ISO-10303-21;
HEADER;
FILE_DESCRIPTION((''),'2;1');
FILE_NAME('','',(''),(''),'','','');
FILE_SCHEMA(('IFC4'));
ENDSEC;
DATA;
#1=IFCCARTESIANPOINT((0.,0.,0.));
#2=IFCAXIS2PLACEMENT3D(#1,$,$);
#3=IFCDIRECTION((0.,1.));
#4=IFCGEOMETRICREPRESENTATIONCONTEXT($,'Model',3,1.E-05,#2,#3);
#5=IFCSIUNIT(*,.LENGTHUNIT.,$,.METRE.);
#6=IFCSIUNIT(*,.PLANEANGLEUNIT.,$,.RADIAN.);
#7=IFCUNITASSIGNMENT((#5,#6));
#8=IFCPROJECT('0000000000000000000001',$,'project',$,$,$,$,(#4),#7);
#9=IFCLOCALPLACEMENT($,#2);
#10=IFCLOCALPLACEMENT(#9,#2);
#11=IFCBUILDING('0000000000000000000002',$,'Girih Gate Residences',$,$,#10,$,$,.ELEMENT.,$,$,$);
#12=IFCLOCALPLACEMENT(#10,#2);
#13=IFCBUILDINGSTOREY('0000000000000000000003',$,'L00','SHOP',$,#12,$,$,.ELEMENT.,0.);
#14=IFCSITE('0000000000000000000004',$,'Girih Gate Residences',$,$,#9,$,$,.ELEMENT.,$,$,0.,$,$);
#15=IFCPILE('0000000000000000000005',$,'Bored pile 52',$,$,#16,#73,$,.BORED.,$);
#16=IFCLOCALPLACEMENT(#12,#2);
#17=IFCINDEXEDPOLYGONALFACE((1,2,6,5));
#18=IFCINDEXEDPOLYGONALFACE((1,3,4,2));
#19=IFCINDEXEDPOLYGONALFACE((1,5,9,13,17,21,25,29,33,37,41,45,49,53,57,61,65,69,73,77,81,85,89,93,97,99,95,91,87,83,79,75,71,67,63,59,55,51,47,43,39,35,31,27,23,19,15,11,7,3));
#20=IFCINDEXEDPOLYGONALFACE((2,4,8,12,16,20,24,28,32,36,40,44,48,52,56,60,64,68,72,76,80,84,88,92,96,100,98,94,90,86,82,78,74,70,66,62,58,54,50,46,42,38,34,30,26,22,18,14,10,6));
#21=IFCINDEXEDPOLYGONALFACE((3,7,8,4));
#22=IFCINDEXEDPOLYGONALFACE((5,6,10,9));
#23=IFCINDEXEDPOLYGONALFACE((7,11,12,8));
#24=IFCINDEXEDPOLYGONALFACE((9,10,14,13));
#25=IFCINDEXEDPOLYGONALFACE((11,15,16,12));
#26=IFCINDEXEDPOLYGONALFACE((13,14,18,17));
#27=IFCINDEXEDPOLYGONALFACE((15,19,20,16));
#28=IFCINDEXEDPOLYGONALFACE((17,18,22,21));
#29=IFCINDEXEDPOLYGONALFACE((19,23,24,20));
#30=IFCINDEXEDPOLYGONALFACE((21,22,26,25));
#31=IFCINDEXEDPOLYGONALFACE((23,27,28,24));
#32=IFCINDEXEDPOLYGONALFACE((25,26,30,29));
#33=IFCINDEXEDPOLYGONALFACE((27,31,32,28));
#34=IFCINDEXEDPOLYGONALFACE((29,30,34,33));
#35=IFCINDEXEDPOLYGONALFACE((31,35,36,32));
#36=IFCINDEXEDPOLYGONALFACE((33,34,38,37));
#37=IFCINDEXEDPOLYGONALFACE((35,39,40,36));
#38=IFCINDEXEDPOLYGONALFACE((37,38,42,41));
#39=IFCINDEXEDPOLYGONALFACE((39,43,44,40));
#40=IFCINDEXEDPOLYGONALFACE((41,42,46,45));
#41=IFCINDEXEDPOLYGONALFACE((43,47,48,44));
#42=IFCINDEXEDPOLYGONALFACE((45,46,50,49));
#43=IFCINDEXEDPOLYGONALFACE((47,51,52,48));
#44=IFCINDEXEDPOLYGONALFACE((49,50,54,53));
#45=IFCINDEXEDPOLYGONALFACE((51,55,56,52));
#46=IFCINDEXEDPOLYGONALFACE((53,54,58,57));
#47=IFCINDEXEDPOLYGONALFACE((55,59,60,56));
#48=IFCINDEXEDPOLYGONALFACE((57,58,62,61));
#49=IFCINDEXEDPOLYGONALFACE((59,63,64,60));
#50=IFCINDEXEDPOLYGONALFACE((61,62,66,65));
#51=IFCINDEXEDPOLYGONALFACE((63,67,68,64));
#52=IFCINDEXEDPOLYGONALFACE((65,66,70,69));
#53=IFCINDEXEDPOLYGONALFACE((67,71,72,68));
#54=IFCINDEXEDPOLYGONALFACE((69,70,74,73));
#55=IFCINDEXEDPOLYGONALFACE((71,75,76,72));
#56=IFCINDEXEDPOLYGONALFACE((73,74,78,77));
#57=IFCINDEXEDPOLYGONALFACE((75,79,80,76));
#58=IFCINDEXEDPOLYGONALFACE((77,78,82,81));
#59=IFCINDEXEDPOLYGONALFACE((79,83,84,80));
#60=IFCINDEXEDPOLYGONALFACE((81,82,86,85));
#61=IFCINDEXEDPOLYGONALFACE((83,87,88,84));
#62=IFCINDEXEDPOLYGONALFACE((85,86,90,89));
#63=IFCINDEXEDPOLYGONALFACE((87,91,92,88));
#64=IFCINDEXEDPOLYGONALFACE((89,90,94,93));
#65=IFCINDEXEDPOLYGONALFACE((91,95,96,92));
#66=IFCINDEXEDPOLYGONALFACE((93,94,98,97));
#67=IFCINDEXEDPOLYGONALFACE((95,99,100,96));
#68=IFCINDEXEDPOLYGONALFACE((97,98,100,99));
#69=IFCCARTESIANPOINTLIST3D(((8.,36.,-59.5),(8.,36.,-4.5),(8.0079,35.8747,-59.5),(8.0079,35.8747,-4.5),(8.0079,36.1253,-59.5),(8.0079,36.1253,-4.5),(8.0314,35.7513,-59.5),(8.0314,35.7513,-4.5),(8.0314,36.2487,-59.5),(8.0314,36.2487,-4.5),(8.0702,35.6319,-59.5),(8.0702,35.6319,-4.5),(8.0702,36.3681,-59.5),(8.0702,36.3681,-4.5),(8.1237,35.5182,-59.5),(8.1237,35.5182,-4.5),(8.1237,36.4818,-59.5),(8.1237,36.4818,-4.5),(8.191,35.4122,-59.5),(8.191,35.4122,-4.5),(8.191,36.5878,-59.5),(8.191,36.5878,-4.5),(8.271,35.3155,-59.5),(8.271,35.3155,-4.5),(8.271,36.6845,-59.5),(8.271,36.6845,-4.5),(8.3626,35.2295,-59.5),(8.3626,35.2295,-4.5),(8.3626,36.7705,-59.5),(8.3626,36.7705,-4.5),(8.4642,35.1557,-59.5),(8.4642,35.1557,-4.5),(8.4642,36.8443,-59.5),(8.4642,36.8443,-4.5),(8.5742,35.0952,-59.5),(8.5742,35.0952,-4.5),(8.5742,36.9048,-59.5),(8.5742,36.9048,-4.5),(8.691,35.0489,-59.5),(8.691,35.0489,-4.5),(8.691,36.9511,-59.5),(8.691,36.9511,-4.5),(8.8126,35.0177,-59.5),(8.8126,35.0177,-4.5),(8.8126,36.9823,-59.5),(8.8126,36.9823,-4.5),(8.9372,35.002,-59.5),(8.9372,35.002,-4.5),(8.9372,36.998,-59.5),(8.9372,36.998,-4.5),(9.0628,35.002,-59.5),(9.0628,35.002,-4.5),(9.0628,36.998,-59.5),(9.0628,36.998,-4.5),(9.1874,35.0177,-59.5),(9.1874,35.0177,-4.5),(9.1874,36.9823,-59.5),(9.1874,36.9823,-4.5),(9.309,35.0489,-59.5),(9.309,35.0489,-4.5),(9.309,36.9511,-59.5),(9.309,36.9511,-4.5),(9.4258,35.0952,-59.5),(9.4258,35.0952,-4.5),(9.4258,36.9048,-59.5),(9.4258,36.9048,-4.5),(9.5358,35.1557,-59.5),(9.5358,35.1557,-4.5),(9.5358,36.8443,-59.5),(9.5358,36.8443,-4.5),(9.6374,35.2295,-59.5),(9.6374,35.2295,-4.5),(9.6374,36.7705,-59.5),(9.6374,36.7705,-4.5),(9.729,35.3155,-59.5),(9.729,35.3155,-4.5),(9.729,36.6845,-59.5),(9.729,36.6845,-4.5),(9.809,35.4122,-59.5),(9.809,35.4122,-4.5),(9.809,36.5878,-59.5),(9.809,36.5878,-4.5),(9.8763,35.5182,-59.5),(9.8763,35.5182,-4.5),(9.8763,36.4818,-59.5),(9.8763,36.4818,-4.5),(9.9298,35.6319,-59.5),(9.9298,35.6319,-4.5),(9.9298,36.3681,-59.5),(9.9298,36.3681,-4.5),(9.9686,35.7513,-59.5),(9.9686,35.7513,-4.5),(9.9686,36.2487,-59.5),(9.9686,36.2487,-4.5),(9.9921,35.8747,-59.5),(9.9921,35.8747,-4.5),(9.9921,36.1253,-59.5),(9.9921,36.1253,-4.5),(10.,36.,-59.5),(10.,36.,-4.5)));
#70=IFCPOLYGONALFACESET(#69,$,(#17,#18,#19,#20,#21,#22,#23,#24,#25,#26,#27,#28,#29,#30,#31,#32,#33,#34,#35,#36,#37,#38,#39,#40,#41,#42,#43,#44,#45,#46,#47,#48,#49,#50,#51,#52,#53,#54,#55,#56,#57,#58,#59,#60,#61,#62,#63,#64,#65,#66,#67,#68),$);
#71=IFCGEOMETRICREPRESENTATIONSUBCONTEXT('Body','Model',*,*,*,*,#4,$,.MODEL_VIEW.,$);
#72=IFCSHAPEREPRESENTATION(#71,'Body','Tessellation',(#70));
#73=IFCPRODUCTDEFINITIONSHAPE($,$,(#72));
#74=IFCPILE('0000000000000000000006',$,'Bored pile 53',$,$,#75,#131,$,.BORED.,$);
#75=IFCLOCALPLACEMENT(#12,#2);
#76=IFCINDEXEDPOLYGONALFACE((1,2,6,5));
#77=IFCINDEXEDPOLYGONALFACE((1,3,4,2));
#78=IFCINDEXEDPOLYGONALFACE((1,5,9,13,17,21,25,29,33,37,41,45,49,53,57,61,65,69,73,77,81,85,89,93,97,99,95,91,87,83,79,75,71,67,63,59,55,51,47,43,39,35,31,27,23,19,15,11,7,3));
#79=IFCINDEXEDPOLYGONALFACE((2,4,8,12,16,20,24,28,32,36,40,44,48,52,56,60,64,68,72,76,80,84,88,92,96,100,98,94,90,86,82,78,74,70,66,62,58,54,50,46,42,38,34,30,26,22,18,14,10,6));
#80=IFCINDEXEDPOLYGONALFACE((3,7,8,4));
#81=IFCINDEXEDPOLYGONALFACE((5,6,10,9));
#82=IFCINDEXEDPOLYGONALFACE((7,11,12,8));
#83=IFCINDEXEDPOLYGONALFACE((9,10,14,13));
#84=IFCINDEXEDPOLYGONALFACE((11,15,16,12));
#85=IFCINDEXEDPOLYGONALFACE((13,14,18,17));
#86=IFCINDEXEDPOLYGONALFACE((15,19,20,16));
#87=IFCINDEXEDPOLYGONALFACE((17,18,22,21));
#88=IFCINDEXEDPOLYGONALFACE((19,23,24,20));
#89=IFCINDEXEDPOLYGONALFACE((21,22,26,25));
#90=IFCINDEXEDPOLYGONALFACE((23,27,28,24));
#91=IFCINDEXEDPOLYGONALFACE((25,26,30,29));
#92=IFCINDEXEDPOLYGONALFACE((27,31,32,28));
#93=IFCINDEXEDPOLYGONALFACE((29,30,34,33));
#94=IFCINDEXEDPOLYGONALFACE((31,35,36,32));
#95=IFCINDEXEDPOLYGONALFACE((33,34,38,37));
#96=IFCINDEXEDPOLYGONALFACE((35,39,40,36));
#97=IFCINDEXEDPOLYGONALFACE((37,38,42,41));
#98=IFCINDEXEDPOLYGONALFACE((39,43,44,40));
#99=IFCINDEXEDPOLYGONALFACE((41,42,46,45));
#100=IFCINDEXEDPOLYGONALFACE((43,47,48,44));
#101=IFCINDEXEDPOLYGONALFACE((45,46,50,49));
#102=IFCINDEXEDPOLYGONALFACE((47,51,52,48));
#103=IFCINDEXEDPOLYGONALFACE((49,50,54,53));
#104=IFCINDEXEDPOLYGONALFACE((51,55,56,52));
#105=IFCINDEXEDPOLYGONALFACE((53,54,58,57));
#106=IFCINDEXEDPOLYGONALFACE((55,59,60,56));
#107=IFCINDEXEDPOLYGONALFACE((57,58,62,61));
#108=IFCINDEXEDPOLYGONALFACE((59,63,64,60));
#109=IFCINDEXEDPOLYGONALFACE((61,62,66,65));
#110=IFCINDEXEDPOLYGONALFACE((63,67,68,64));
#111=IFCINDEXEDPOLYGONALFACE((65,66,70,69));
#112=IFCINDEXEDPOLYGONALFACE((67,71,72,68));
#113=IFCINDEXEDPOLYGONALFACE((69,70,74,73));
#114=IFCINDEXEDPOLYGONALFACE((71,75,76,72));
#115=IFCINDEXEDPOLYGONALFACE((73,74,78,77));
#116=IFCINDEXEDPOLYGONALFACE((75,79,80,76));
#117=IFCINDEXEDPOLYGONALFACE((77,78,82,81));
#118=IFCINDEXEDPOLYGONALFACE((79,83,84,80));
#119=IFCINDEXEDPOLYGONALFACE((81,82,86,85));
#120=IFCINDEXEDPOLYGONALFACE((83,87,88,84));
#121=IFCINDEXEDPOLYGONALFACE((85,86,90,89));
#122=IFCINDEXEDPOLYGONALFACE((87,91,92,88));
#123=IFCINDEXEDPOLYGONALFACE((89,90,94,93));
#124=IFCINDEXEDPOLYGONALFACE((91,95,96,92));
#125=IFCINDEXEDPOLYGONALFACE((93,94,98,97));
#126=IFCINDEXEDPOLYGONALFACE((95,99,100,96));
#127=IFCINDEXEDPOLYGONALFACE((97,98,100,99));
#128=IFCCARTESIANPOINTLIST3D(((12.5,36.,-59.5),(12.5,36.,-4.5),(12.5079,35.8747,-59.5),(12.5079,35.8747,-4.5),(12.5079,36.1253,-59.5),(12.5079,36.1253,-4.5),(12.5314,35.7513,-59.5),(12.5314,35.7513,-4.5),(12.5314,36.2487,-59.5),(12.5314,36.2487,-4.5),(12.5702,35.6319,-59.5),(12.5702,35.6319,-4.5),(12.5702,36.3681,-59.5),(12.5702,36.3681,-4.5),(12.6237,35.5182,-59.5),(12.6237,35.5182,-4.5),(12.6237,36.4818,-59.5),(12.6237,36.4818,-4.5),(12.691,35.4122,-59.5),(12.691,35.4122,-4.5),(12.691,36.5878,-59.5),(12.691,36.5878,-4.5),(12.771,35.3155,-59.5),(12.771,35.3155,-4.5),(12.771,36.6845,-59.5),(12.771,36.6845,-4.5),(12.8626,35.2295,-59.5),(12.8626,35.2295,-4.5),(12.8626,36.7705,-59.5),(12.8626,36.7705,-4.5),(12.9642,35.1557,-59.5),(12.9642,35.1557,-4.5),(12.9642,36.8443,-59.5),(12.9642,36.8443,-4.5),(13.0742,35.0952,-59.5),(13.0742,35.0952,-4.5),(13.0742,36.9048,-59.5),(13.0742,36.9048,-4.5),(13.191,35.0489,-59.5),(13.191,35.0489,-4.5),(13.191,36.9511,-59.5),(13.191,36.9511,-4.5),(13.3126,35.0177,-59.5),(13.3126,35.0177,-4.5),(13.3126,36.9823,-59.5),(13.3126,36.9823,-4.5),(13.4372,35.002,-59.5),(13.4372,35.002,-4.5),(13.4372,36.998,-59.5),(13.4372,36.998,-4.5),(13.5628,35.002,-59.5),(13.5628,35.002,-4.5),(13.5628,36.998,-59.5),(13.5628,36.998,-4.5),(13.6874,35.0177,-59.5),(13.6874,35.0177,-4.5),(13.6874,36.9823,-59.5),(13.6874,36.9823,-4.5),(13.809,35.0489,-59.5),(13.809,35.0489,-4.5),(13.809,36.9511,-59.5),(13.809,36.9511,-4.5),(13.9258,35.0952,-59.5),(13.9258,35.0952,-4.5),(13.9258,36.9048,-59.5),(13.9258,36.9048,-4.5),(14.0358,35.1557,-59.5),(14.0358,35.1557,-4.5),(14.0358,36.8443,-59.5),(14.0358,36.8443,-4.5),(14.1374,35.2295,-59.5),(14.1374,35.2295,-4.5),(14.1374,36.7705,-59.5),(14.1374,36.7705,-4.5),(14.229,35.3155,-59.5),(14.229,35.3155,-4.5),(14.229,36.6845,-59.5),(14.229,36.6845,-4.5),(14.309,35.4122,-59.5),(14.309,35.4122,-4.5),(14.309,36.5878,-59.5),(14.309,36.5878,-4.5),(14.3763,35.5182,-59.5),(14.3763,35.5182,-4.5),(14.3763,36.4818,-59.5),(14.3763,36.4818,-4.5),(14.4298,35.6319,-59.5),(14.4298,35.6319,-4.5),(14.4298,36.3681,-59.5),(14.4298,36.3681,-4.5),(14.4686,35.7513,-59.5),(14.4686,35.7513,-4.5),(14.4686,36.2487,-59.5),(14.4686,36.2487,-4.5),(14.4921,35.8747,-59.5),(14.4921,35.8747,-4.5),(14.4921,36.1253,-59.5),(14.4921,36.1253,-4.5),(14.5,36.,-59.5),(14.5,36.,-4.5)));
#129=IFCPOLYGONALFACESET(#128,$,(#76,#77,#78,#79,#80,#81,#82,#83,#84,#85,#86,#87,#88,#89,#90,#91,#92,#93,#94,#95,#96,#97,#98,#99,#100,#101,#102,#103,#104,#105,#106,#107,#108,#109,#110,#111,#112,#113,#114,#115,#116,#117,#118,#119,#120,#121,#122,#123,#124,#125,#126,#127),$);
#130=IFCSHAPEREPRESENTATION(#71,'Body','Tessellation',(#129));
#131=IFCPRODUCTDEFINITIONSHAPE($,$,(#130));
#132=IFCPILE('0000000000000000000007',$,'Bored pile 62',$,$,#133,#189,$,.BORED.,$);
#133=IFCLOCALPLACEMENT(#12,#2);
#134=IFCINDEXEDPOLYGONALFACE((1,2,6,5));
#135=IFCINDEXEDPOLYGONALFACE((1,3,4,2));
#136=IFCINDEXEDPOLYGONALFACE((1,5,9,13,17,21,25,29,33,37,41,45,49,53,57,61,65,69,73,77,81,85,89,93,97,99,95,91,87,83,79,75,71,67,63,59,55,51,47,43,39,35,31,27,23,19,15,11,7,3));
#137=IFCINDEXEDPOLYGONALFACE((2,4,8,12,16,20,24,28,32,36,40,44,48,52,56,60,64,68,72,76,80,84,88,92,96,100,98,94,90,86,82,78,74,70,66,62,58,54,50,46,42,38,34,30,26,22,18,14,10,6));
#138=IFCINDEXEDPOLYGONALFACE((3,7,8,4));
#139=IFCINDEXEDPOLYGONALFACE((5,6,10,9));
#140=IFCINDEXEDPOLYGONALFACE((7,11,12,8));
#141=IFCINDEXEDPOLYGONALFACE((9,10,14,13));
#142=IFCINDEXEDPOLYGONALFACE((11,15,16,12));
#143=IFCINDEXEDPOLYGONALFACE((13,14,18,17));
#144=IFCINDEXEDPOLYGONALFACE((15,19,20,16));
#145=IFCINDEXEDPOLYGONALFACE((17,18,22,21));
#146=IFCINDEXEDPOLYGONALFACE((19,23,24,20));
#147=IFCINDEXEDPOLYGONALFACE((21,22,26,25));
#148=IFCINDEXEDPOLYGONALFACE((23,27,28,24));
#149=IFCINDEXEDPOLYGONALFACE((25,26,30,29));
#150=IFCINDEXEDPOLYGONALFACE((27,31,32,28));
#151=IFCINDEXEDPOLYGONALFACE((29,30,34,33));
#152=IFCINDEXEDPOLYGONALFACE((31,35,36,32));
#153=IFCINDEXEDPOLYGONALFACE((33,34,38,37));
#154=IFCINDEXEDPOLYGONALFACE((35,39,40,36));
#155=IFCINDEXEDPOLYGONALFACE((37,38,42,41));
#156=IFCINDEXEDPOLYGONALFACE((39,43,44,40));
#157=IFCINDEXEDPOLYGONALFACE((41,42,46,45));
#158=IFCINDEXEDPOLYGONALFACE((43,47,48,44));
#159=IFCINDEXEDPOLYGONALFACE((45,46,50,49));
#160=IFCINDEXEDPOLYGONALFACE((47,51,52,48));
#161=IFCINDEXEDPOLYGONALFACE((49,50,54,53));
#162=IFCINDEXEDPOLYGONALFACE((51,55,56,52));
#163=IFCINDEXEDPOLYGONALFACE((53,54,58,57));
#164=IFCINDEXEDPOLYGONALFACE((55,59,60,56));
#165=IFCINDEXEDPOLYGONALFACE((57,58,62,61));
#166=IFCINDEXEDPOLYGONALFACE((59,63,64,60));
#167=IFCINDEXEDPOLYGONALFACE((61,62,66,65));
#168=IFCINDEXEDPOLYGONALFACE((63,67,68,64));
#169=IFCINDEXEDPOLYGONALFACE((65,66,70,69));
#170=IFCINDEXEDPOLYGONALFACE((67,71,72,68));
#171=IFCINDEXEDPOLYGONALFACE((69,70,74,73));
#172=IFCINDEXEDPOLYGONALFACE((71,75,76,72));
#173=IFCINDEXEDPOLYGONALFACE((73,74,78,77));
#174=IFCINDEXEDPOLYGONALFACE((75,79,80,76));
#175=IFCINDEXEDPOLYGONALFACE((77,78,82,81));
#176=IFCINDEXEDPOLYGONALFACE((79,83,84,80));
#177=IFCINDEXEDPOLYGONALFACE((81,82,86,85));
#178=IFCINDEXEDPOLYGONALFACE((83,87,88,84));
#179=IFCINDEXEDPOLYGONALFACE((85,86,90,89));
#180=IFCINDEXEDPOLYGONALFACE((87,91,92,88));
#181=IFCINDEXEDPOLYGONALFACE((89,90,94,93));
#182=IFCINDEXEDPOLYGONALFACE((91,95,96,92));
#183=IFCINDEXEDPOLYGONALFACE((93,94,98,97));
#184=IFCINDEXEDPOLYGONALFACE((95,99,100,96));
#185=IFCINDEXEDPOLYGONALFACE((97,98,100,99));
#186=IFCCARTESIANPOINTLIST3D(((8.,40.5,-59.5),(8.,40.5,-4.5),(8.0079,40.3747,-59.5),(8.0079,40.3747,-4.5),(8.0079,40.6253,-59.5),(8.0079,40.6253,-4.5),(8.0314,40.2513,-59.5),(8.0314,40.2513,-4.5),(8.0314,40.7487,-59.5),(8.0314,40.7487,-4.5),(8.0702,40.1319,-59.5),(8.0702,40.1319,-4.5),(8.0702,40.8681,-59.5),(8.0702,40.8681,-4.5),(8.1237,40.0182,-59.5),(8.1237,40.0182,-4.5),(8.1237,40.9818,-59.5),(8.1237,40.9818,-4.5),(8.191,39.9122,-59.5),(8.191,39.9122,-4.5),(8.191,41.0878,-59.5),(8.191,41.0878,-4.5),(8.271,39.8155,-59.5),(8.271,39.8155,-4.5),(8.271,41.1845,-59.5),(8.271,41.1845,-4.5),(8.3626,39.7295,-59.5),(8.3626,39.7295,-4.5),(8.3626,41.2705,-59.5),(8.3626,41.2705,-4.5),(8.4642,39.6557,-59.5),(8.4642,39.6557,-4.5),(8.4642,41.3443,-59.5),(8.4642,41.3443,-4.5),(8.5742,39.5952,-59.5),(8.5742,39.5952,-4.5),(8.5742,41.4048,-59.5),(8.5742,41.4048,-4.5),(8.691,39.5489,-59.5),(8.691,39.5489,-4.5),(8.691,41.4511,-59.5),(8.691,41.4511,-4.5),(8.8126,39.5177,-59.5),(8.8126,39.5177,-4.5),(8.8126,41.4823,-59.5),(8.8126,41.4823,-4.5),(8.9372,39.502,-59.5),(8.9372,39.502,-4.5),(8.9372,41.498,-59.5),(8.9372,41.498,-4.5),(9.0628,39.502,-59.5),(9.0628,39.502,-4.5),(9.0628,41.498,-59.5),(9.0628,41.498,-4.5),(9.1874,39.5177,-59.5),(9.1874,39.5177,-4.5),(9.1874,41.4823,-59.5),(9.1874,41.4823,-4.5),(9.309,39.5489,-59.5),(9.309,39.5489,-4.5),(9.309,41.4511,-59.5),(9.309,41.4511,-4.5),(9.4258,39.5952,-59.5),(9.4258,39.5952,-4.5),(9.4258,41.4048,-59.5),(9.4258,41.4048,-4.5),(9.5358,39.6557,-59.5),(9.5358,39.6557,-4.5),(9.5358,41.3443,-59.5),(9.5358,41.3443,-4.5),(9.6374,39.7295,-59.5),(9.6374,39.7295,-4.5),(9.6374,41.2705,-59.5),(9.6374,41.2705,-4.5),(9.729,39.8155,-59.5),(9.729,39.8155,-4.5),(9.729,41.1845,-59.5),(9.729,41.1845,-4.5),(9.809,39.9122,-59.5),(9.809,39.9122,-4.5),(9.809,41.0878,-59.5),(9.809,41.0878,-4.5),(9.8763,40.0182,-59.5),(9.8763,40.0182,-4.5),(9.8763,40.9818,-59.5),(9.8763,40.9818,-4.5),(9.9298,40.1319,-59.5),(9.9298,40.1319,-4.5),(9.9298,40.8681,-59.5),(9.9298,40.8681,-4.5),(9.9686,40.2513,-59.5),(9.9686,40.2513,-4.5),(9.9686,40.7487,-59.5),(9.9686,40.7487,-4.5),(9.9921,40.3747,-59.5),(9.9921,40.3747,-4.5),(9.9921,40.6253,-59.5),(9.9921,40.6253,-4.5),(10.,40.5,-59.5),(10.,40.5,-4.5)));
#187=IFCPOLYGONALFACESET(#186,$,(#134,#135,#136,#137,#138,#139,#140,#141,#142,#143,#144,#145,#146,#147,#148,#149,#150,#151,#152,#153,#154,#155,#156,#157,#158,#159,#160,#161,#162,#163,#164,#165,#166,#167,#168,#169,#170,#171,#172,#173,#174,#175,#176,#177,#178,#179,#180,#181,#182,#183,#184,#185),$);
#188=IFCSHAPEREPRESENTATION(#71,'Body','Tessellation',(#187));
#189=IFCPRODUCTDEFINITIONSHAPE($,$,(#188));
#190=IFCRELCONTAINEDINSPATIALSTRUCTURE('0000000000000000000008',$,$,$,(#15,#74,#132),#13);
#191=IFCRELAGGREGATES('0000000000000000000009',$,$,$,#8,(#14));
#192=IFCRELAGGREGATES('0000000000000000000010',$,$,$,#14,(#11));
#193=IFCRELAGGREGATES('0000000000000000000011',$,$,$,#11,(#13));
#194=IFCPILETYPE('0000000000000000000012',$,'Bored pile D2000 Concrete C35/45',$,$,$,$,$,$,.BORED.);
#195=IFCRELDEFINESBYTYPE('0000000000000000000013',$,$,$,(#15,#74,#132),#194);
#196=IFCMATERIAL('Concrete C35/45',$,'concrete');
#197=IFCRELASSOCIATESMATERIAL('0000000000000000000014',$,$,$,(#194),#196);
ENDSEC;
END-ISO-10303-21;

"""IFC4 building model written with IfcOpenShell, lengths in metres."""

from ifc_helpers import new_model, si_unit, direction, frame, origin, origin_2d, place, context, subcontext, project, spatial, circle, extrude, material, material_profile, profile_set, type_object, element, save


model = new_model("IFC4")

# Units and contexts
model_context = context("Model", 3, precision=1e-05, world=origin(), true_north=direction((0.0, 1.0)))
body_context = subcontext(model_context, "Body", "Model", "MODEL_VIEW")
ifc_project = project(units=[si_unit("LENGTHUNIT", "METRE"), si_unit("PLANEANGLEUNIT", "RADIAN")], contexts=[model_context])

# Site, building, storey
site_placement = place(None, origin())
site = spatial("IfcSite", under=ifc_project, at=site_placement, Name="Girih Gate Residences", CompositionType="ELEMENT", RefElevation=0.0)
building_placement = place(site_placement, origin())
building = spatial("IfcBuilding", under=site, at=building_placement, Name="Girih Gate Residences", CompositionType="ELEMENT")
storey_placement = place(building_placement, origin())
storey = spatial("IfcBuildingStorey", under=building, at=storey_placement, Name="L00", Description="SHOP", CompositionType="ELEMENT", Elevation=0.0)

# Piles
ifc_material_1 = material(Name="Concrete C35/45", Category="concrete")
ifc_material_profile = material_profile(ifc_material_1, circle(Radius=1.0, at=origin_2d()))
ifc_profile_set = profile_set([ifc_material_profile], Name="Concrete C35/45")
pile_type = type_object("IfcPileType", Name="Bored pile D2000 Concrete C35/45", PredefinedType="BORED", material=ifc_profile_set)
for number, where, z_axis, x_axis, name in (
    (1, (9.0, 36.0, -4.5), (0.0, 0.0, -1.0), (1.0, 0.0, 0.0), "Bored pile 52"),
    (2, (13.5, 36.0, -4.5), (0.0, 0.0, -1.0), (1.0, 0.0, 0.0), "Bored pile 53"),
    (3, (9.0, 40.5, -4.5), (0.0, 0.0, -1.0), (1.0, 0.0, 0.0), "Bored pile 62"),
):
    element("IfcPile", number, at=place(storey_placement, frame(where, z_axis=z_axis, x_axis=x_axis)), inside=storey, type_object=pile_type, Name=name, PredefinedType="BORED", context=body_context, shape_type="SweptSolid", body=[
        extrude(circle(Radius=1.0, at=origin_2d()), origin(), (0.0, 0.0, 1.0), 55.0),
    ])

save(model, "model.ifc")
